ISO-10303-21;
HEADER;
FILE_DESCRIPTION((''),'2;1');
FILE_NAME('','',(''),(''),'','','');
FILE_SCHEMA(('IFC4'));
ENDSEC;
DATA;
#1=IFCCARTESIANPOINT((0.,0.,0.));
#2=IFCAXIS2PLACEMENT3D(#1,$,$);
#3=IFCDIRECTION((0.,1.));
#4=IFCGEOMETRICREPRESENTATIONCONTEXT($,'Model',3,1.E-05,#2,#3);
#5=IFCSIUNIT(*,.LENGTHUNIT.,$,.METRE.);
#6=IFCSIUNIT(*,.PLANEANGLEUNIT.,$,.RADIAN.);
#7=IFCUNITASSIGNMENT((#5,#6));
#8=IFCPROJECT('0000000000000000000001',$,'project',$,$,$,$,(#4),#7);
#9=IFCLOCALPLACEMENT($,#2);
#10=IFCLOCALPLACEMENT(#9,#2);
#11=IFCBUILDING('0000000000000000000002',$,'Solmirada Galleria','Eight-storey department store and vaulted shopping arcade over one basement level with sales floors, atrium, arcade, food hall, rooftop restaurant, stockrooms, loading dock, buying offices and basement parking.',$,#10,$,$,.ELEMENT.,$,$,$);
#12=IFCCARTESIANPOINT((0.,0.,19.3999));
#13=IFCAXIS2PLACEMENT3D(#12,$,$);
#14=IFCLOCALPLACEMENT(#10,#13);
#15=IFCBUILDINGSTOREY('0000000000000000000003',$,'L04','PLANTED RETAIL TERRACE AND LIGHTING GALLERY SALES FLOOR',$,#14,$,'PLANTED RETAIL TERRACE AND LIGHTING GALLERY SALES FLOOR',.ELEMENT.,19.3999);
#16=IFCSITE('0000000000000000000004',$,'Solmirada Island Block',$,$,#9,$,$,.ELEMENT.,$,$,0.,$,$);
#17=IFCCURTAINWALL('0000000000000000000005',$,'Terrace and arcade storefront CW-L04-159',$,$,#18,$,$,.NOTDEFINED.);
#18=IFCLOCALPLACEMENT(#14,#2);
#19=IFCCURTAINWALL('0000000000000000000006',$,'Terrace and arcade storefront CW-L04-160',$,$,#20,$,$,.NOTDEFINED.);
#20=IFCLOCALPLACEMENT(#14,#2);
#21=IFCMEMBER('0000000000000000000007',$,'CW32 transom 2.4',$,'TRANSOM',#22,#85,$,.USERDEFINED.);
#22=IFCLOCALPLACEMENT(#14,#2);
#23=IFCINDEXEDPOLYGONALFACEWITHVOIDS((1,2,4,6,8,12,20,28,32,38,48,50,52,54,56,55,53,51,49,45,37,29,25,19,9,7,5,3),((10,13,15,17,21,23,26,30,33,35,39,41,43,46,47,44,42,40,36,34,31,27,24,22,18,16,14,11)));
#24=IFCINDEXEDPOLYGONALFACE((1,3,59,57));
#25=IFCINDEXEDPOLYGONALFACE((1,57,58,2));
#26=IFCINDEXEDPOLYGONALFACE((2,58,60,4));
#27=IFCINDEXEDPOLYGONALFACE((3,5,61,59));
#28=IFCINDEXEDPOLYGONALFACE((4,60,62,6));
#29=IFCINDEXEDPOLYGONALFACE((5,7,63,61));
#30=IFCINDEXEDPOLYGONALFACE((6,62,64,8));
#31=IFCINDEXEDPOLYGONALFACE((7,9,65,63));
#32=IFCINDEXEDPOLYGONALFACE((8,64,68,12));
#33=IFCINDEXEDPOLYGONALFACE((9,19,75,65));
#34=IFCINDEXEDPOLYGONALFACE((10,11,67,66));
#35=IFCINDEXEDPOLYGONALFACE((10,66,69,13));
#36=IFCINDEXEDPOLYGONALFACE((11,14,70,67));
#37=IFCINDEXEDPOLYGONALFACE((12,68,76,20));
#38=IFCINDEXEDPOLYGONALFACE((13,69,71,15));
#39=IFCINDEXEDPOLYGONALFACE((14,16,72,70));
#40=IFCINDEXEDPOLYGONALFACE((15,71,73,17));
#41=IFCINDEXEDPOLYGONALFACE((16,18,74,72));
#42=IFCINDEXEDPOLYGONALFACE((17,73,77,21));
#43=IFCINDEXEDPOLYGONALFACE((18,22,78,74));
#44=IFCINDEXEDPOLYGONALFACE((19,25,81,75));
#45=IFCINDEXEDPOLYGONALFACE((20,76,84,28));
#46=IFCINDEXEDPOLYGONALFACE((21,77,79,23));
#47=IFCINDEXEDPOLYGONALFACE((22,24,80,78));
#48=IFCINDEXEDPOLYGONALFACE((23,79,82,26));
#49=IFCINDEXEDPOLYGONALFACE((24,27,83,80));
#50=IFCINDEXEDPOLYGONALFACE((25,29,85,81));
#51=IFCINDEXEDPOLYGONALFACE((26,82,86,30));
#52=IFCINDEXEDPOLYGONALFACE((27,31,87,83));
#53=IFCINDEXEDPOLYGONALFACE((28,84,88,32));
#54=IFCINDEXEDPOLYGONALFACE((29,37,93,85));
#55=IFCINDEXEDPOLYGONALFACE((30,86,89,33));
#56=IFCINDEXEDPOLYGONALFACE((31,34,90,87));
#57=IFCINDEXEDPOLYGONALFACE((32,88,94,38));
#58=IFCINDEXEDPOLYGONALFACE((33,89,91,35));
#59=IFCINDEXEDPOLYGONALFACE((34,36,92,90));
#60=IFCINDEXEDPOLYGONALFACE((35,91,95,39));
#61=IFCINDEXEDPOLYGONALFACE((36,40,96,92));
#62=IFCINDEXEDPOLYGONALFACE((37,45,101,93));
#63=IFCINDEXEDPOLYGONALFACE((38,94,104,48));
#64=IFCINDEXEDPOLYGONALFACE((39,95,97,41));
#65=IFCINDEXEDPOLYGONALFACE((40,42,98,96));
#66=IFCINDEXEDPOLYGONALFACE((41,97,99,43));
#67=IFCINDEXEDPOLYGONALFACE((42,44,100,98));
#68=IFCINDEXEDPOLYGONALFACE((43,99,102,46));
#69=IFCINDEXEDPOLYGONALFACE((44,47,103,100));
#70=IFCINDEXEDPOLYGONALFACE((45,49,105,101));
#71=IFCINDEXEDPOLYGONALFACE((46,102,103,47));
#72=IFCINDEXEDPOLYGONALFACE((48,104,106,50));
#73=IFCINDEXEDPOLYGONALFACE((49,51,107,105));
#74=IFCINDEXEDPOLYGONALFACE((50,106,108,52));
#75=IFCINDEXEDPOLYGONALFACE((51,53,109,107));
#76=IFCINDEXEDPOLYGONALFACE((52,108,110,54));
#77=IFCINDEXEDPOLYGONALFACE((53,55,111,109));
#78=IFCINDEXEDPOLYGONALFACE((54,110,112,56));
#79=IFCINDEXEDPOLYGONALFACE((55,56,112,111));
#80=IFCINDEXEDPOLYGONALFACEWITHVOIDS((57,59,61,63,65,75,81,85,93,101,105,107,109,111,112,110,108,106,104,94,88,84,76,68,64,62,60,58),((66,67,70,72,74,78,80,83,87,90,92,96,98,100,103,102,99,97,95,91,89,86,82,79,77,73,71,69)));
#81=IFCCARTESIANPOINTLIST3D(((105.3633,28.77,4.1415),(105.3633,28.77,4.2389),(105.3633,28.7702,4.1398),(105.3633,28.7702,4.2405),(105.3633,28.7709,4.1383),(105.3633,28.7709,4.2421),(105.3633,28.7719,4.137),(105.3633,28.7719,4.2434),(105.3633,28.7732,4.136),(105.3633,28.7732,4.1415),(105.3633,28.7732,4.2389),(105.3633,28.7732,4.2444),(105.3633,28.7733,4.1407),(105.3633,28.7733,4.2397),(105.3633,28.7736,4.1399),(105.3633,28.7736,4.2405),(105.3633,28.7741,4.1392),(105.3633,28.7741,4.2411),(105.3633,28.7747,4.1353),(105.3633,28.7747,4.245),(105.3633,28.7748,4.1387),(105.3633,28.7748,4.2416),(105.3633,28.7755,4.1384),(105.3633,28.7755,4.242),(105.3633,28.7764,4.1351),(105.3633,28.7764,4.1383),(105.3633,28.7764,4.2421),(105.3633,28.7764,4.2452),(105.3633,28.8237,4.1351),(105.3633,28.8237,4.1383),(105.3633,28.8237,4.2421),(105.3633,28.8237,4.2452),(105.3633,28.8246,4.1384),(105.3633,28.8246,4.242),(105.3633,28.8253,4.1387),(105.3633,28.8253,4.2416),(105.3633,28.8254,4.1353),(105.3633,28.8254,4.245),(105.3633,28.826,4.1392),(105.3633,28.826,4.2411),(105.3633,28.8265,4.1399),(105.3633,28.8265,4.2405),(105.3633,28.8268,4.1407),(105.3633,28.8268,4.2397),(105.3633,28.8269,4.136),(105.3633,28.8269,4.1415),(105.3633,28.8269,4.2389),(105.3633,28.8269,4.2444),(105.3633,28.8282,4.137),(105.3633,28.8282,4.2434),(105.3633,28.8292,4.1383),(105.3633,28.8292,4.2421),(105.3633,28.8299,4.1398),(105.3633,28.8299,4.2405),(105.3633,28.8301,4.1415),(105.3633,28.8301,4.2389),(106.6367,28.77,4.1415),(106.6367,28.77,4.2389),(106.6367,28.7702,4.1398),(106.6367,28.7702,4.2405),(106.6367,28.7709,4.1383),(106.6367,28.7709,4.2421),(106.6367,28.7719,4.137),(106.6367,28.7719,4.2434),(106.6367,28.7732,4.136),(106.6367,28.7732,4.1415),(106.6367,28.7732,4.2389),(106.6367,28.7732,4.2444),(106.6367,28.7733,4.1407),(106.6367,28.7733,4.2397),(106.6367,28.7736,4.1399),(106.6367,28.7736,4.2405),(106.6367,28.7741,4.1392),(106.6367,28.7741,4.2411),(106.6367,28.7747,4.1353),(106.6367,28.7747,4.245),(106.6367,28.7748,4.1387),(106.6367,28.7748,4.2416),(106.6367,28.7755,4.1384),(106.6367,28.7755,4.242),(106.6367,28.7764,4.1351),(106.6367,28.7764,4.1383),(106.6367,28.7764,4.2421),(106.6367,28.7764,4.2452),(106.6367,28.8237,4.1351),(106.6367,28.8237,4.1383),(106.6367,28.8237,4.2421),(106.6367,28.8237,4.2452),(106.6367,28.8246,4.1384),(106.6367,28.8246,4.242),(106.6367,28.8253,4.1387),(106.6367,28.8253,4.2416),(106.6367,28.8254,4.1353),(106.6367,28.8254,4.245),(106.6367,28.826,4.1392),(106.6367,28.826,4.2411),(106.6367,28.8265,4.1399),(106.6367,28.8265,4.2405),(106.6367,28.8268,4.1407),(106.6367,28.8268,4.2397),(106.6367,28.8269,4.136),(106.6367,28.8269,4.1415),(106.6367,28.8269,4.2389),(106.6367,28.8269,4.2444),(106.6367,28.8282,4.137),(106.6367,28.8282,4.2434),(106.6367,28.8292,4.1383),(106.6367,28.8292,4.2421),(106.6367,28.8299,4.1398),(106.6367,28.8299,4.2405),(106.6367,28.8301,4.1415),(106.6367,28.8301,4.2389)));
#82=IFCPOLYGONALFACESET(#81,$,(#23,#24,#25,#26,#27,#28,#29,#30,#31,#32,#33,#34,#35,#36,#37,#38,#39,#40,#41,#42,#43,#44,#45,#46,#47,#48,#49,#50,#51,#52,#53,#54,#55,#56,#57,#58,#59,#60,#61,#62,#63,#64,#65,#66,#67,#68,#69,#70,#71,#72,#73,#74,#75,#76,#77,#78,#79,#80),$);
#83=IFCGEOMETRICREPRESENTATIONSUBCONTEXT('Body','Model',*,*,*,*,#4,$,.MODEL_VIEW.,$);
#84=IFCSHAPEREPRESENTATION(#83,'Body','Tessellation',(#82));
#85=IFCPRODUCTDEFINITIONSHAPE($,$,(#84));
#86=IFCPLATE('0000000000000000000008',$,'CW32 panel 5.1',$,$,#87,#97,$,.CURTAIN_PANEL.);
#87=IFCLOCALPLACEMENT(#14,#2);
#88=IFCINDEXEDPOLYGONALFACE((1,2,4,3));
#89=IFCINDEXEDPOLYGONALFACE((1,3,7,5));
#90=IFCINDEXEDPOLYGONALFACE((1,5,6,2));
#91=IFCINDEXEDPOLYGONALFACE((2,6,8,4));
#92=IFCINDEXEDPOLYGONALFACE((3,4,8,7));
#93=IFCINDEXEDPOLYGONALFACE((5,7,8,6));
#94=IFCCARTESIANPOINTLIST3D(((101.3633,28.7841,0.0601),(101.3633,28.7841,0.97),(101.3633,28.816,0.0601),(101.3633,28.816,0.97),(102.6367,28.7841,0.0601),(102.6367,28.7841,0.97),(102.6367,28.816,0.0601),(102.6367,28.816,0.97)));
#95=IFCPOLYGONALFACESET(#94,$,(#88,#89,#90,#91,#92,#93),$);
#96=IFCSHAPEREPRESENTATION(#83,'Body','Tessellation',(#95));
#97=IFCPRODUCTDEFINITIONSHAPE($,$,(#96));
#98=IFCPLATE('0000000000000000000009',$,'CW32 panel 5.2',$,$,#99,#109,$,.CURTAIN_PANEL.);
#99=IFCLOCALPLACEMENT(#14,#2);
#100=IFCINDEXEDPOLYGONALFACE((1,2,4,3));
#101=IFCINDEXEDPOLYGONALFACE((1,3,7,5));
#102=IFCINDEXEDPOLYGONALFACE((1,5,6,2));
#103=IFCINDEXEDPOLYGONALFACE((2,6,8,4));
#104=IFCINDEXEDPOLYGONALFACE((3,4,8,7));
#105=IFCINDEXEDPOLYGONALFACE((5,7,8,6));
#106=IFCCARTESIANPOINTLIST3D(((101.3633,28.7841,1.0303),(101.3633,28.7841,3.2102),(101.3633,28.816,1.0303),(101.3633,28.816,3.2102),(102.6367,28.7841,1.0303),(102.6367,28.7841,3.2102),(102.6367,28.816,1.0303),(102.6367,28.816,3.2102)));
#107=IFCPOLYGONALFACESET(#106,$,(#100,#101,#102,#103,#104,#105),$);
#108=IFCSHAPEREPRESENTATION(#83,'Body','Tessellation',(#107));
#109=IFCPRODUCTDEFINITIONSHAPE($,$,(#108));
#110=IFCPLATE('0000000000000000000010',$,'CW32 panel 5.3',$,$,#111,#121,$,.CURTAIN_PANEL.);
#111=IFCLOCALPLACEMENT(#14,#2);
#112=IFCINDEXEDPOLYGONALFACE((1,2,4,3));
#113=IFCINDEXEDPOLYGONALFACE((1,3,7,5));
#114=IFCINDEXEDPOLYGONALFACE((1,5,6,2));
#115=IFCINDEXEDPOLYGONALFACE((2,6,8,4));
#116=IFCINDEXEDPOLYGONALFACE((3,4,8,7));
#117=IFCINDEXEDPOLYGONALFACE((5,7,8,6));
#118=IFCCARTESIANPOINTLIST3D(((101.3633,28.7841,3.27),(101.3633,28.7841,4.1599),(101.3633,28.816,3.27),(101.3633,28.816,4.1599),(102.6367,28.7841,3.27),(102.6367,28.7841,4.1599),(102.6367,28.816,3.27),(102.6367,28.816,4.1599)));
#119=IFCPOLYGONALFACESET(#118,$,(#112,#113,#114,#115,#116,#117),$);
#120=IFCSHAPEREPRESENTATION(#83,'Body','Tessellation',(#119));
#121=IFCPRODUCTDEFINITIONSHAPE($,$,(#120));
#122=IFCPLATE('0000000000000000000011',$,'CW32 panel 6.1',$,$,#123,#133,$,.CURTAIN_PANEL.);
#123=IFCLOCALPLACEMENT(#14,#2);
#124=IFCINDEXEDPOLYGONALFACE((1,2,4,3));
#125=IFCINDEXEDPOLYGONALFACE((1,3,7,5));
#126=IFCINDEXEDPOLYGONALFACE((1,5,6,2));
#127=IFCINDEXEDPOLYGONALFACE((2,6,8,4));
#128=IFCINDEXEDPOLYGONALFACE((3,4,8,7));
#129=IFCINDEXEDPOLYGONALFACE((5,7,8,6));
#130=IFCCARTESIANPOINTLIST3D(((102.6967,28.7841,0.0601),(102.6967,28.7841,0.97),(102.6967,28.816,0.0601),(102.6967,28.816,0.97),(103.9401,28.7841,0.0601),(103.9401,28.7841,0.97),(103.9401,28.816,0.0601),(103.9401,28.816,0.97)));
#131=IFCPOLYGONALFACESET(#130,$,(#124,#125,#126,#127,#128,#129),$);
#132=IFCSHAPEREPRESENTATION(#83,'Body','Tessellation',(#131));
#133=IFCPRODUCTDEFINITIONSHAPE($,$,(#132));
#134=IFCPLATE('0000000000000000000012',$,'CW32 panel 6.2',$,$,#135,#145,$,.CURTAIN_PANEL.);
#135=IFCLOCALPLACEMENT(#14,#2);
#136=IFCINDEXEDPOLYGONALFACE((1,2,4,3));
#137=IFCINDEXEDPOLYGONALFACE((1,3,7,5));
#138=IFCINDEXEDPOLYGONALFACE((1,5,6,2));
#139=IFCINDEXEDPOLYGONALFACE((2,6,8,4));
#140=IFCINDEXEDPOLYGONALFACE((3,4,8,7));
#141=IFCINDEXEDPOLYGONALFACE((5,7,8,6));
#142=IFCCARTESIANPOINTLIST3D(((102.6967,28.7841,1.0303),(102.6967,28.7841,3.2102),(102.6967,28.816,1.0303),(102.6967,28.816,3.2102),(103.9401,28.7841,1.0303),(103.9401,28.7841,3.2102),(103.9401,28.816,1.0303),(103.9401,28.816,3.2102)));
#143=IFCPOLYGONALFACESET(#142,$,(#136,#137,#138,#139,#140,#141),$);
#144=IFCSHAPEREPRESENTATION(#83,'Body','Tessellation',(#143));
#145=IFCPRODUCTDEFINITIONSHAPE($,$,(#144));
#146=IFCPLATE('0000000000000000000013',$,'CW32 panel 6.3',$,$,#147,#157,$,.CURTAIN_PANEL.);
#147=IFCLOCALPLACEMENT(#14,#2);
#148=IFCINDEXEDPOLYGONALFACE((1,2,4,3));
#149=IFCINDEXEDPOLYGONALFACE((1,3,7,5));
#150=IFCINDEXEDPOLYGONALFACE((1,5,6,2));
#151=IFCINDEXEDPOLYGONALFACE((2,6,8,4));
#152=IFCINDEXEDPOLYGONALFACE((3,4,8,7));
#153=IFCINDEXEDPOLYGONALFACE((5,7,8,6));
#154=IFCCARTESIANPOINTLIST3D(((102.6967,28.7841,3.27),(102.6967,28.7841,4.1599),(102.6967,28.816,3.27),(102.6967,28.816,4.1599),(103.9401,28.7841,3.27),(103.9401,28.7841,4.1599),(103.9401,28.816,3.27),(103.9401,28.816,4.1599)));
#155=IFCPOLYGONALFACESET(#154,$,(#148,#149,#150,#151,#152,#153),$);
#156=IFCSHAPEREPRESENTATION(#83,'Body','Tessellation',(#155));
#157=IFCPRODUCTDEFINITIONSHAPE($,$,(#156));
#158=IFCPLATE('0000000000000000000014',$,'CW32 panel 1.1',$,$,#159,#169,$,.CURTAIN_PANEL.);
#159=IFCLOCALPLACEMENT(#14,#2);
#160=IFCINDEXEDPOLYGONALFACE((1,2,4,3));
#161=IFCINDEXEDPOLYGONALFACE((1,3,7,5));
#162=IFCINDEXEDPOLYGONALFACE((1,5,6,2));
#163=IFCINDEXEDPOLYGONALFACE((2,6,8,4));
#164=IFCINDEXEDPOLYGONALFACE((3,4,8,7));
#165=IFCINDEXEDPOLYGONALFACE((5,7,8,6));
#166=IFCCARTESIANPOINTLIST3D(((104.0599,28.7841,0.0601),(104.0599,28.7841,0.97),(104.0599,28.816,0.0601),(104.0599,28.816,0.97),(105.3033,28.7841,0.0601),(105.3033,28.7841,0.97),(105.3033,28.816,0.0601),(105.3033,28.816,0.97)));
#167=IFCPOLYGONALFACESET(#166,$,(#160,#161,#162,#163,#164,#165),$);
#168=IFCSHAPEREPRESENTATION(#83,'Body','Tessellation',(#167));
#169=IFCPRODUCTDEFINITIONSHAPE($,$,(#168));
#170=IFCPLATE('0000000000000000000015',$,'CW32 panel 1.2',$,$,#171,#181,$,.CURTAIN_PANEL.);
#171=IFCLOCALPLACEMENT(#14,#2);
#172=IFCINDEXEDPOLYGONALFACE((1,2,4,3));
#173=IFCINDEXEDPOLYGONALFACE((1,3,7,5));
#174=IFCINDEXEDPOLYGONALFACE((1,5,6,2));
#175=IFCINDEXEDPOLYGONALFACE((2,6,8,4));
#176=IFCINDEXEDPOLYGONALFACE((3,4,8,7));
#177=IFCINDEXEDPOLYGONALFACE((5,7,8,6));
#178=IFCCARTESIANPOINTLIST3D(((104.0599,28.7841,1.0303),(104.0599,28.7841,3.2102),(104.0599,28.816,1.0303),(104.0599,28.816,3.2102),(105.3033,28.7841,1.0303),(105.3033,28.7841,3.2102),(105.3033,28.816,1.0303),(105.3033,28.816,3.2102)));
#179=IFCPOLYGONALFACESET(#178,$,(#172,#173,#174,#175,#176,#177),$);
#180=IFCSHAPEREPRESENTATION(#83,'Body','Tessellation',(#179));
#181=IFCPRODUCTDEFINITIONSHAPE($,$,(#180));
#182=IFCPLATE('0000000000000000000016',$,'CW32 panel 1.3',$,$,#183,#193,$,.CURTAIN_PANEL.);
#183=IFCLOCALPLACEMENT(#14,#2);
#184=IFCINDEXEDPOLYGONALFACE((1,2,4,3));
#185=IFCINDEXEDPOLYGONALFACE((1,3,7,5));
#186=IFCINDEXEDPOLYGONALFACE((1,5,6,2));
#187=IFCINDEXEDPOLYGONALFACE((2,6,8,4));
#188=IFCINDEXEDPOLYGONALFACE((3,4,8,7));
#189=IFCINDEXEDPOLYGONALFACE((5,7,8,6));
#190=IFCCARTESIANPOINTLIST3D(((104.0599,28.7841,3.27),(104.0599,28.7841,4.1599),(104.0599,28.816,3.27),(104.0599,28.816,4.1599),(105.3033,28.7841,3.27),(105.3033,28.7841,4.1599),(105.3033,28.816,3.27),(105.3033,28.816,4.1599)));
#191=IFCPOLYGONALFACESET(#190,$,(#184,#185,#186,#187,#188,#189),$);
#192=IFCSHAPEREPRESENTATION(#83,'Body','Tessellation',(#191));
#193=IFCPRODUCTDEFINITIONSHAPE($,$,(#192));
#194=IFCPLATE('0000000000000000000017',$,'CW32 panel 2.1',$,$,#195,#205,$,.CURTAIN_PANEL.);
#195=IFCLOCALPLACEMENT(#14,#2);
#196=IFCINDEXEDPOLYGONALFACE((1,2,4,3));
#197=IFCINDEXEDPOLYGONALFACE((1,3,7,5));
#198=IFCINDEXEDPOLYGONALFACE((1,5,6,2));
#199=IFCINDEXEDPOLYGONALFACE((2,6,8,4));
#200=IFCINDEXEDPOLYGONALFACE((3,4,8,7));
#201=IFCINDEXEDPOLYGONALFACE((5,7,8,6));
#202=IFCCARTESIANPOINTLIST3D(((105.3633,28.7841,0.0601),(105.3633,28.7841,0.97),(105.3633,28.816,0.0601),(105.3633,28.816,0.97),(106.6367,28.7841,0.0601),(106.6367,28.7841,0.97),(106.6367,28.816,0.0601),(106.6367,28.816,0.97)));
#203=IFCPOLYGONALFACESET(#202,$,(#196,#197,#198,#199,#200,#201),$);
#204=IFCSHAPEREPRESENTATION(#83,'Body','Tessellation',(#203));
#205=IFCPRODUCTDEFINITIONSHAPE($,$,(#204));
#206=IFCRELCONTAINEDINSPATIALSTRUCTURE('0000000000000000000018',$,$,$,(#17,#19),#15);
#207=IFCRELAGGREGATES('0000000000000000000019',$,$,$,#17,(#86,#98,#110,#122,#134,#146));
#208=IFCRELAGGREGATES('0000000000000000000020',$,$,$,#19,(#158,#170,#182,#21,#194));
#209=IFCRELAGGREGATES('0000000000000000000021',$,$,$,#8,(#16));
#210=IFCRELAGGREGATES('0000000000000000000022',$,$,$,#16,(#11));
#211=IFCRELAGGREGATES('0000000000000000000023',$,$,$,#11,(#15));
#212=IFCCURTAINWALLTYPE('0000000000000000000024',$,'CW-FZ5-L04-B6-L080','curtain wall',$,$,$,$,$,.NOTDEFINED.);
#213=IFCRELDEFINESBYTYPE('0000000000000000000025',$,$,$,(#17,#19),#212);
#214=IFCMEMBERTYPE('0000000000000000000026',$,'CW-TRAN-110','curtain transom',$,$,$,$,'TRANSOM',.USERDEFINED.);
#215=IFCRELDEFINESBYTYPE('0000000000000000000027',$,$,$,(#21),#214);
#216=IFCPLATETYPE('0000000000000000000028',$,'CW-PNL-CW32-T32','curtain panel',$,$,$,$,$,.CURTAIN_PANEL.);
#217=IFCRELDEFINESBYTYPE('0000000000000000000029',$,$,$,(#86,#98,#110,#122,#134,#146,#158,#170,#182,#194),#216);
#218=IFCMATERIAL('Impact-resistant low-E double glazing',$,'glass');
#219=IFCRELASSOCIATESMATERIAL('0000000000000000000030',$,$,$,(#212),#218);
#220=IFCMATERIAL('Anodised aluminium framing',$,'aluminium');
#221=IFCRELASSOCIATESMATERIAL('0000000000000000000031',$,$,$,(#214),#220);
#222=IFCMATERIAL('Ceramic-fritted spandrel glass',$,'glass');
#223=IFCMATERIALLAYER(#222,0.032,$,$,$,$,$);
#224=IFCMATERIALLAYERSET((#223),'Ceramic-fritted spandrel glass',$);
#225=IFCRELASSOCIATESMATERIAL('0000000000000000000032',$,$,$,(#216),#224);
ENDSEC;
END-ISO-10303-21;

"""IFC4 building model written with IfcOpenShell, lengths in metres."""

from ifc_helpers import new_model, si_unit, direction, frame, origin, origin_2d, place, context, subcontext, project, spatial, rectangle, hollow_rectangle, extrude, material, layer, layer_set, material_profile, profile_set, type_object, element, aggregate, save


model = new_model("IFC4")

# Units and contexts
model_context = context("Model", 3, precision=1e-05, world=origin(), true_north=direction((0.0, 1.0)))
body_context = subcontext(model_context, "Body", "Model", "MODEL_VIEW")
ifc_project = project(units=[si_unit("LENGTHUNIT", "METRE"), si_unit("PLANEANGLEUNIT", "RADIAN")], contexts=[model_context])

# Site, building, storey
site_placement = place(None, origin())
site = spatial("IfcSite", under=ifc_project, at=site_placement, Name="Solmirada Island Block", CompositionType="ELEMENT", RefElevation=0.0)
building_placement = place(site_placement, origin())
building = spatial("IfcBuilding", under=site, at=building_placement, Name="Solmirada Galleria", Description="Eight-storey department store and vaulted shopping arcade over one basement level with sales floors, atrium, arcade, food hall, rooftop restaurant, stockrooms, loading dock, buying offices and basement parking.", CompositionType="ELEMENT")
storey_placement = place(building_placement, frame((0.0, 0.0, 19.3999)))
storey = spatial("IfcBuildingStorey", under=building, at=storey_placement, Name="L04", Description="PLANTED RETAIL TERRACE AND LIGHTING GALLERY SALES FLOOR", LongName="PLANTED RETAIL TERRACE AND LIGHTING GALLERY SALES FLOOR", CompositionType="ELEMENT", Elevation=19.3999)

# Curtain walls
ifc_material_1 = material(Name="Impact-resistant low-E double glazing", Category="glass")
curtain_wall_type = type_object("IfcCurtainWallType", Name="CW-FZ5-L04-B6-L080", Description="curtain wall", PredefinedType="NOTDEFINED", material=ifc_material_1)
curtain_wall_1_placement = place(storey_placement, origin())
curtain_wall_1 = element("IfcCurtainWall", 1, at=curtain_wall_1_placement, inside=storey, type_object=curtain_wall_type, Name="Terrace and arcade storefront CW-L04-159", PredefinedType="NOTDEFINED")
ifc_material_2 = material(Name="Anodised aluminium framing", Category="aluminium")
curtain_wall_2_placement = place(storey_placement, origin())
curtain_wall_2 = element("IfcCurtainWall", 2, at=curtain_wall_2_placement, inside=storey, type_object=curtain_wall_type, Name="Terrace and arcade storefront CW-L04-160", PredefinedType="NOTDEFINED")

# Member
ifc_material_profile_1 = material_profile(ifc_material_2, hollow_rectangle(XDim=0.0601, YDim=0.1101, WallThickness=0.0032, InnerFilletRadius=0.0032, OuterFilletRadius=0.0063, at=origin_2d()), Name="ALU-TRAN-110X60")
ifc_profile_set_1 = profile_set([ifc_material_profile_1], Name="Anodised aluminium framing")
member_type_1 = type_object("IfcMemberType", Name="CW-TRAN-110", Description="curtain transom", ElementType="TRANSOM", PredefinedType="USERDEFINED", material=ifc_profile_set_1)
member_1_placement = place(storey_placement, frame((105.3633, 28.8, 4.1902), z_axis=(1.0, 0.0, 0.0), x_axis=(0.0, 1.0, 0.0)))
member_1 = element("IfcMember", 3, at=member_1_placement, type_object=member_type_1, Name="CW32 transom 2.4", ObjectType="TRANSOM", PredefinedType="USERDEFINED", context=body_context, shape_type="SweptSolid", body=[
    extrude(hollow_rectangle(XDim=0.0601, YDim=0.1101, WallThickness=0.0032, InnerFilletRadius=0.0032, OuterFilletRadius=0.0063, at=origin_2d()), origin(), (0.0, 0.0, 1.0), 1.2734),
])

# Plates
ifc_material_3 = material(Name="Ceramic-fritted spandrel glass", Category="glass")
ifc_layer = layer(ifc_material_3, 0.032)
ifc_layer_set = layer_set([ifc_layer], Name="Ceramic-fritted spandrel glass")
plate_type = type_object("IfcPlateType", Name="CW-PNL-CW32-T32", Description="curtain panel", PredefinedType="CURTAIN_PANEL", material=ifc_layer_set)
plate_1_placement = place(storey_placement, frame((102.0, 28.8, 0.0601), z_axis=(0.0, 0.0, 1.0), x_axis=(1.0, 0.0, 0.0)))
plate_1 = element("IfcPlate", 4, at=plate_1_placement, type_object=plate_type, Name="CW32 panel 5.1", PredefinedType="CURTAIN_PANEL", context=body_context, shape_type="SweptSolid", body=[
    extrude(rectangle(XDim=1.2734, YDim=0.032, at=origin_2d()), origin(), (0.0, 0.0, 1.0), 0.9099),
])
plate_2_placement = place(storey_placement, frame((102.0, 28.8, 1.0303), z_axis=(0.0, 0.0, 1.0), x_axis=(1.0, 0.0, 0.0)))
plate_2 = element("IfcPlate", 5, at=plate_2_placement, type_object=plate_type, Name="CW32 panel 5.2", PredefinedType="CURTAIN_PANEL", context=body_context, shape_type="SweptSolid", body=[
    extrude(rectangle(XDim=1.2734, YDim=0.032, at=origin_2d()), origin(), (0.0, 0.0, 1.0), 2.1799),
])
plate_3_placement = place(storey_placement, frame((102.0, 28.8, 3.27), z_axis=(0.0, 0.0, 1.0), x_axis=(1.0, 0.0, 0.0)))
plate_3 = element("IfcPlate", 6, at=plate_3_placement, type_object=plate_type, Name="CW32 panel 5.3", PredefinedType="CURTAIN_PANEL", context=body_context, shape_type="SweptSolid", body=[
    extrude(rectangle(XDim=1.2734, YDim=0.032, at=origin_2d()), origin(), (0.0, 0.0, 1.0), 0.8899),
])
plate_4_placement = place(storey_placement, frame((103.3184, 28.8, 0.0601), z_axis=(0.0, 0.0, 1.0), x_axis=(1.0, 0.0, 0.0)))
plate_4 = element("IfcPlate", 7, at=plate_4_placement, type_object=plate_type, Name="CW32 panel 6.1", PredefinedType="CURTAIN_PANEL", context=body_context, shape_type="SweptSolid", body=[
    extrude(rectangle(XDim=1.2434, YDim=0.032, at=origin_2d()), origin(), (0.0, 0.0, 1.0), 0.9099),
])
plate_5_placement = place(storey_placement, frame((103.3184, 28.8, 1.0303), z_axis=(0.0, 0.0, 1.0), x_axis=(1.0, 0.0, 0.0)))
plate_5 = element("IfcPlate", 8, at=plate_5_placement, type_object=plate_type, Name="CW32 panel 6.2", PredefinedType="CURTAIN_PANEL", context=body_context, shape_type="SweptSolid", body=[
    extrude(rectangle(XDim=1.2434, YDim=0.032, at=origin_2d()), origin(), (0.0, 0.0, 1.0), 2.1799),
])
plate_6_placement = place(storey_placement, frame((103.3184, 28.8, 3.27), z_axis=(0.0, 0.0, 1.0), x_axis=(1.0, 0.0, 0.0)))
plate_6 = element("IfcPlate", 9, at=plate_6_placement, type_object=plate_type, Name="CW32 panel 6.3", PredefinedType="CURTAIN_PANEL", context=body_context, shape_type="SweptSolid", body=[
    extrude(rectangle(XDim=1.2434, YDim=0.032, at=origin_2d()), origin(), (0.0, 0.0, 1.0), 0.8899),
])
aggregate(curtain_wall_1, [plate_1, plate_2, plate_3, plate_4, plate_5, plate_6])
plate_7_placement = place(storey_placement, frame((104.6816, 28.8, 0.0601), z_axis=(0.0, 0.0, 1.0), x_axis=(1.0, 0.0, 0.0)))
plate_7 = element("IfcPlate", 10, at=plate_7_placement, type_object=plate_type, Name="CW32 panel 1.1", PredefinedType="CURTAIN_PANEL", context=body_context, shape_type="SweptSolid", body=[
    extrude(rectangle(XDim=1.2434, YDim=0.032, at=origin_2d()), origin(), (0.0, 0.0, 1.0), 0.9099),
])
plate_8_placement = place(storey_placement, frame((104.6816, 28.8, 1.0303), z_axis=(0.0, 0.0, 1.0), x_axis=(1.0, 0.0, 0.0)))
plate_8 = element("IfcPlate", 11, at=plate_8_placement, type_object=plate_type, Name="CW32 panel 1.2", PredefinedType="CURTAIN_PANEL", context=body_context, shape_type="SweptSolid", body=[
    extrude(rectangle(XDim=1.2434, YDim=0.032, at=origin_2d()), origin(), (0.0, 0.0, 1.0), 2.1799),
])
plate_9_placement = place(storey_placement, frame((104.6816, 28.8, 3.27), z_axis=(0.0, 0.0, 1.0), x_axis=(1.0, 0.0, 0.0)))
plate_9 = element("IfcPlate", 12, at=plate_9_placement, type_object=plate_type, Name="CW32 panel 1.3", PredefinedType="CURTAIN_PANEL", context=body_context, shape_type="SweptSolid", body=[
    extrude(rectangle(XDim=1.2434, YDim=0.032, at=origin_2d()), origin(), (0.0, 0.0, 1.0), 0.8899),
])
plate_10_placement = place(storey_placement, frame((106.0, 28.8, 0.0601), z_axis=(0.0, 0.0, 1.0), x_axis=(1.0, 0.0, 0.0)))
plate_10 = element("IfcPlate", 13, at=plate_10_placement, type_object=plate_type, Name="CW32 panel 2.1", PredefinedType="CURTAIN_PANEL", context=body_context, shape_type="SweptSolid", body=[
    extrude(rectangle(XDim=1.2734, YDim=0.032, at=origin_2d()), origin(), (0.0, 0.0, 1.0), 0.9099),
])
aggregate(curtain_wall_2, [plate_7, plate_8, plate_9, member_1, plate_10])

save(model, "model.ifc")
